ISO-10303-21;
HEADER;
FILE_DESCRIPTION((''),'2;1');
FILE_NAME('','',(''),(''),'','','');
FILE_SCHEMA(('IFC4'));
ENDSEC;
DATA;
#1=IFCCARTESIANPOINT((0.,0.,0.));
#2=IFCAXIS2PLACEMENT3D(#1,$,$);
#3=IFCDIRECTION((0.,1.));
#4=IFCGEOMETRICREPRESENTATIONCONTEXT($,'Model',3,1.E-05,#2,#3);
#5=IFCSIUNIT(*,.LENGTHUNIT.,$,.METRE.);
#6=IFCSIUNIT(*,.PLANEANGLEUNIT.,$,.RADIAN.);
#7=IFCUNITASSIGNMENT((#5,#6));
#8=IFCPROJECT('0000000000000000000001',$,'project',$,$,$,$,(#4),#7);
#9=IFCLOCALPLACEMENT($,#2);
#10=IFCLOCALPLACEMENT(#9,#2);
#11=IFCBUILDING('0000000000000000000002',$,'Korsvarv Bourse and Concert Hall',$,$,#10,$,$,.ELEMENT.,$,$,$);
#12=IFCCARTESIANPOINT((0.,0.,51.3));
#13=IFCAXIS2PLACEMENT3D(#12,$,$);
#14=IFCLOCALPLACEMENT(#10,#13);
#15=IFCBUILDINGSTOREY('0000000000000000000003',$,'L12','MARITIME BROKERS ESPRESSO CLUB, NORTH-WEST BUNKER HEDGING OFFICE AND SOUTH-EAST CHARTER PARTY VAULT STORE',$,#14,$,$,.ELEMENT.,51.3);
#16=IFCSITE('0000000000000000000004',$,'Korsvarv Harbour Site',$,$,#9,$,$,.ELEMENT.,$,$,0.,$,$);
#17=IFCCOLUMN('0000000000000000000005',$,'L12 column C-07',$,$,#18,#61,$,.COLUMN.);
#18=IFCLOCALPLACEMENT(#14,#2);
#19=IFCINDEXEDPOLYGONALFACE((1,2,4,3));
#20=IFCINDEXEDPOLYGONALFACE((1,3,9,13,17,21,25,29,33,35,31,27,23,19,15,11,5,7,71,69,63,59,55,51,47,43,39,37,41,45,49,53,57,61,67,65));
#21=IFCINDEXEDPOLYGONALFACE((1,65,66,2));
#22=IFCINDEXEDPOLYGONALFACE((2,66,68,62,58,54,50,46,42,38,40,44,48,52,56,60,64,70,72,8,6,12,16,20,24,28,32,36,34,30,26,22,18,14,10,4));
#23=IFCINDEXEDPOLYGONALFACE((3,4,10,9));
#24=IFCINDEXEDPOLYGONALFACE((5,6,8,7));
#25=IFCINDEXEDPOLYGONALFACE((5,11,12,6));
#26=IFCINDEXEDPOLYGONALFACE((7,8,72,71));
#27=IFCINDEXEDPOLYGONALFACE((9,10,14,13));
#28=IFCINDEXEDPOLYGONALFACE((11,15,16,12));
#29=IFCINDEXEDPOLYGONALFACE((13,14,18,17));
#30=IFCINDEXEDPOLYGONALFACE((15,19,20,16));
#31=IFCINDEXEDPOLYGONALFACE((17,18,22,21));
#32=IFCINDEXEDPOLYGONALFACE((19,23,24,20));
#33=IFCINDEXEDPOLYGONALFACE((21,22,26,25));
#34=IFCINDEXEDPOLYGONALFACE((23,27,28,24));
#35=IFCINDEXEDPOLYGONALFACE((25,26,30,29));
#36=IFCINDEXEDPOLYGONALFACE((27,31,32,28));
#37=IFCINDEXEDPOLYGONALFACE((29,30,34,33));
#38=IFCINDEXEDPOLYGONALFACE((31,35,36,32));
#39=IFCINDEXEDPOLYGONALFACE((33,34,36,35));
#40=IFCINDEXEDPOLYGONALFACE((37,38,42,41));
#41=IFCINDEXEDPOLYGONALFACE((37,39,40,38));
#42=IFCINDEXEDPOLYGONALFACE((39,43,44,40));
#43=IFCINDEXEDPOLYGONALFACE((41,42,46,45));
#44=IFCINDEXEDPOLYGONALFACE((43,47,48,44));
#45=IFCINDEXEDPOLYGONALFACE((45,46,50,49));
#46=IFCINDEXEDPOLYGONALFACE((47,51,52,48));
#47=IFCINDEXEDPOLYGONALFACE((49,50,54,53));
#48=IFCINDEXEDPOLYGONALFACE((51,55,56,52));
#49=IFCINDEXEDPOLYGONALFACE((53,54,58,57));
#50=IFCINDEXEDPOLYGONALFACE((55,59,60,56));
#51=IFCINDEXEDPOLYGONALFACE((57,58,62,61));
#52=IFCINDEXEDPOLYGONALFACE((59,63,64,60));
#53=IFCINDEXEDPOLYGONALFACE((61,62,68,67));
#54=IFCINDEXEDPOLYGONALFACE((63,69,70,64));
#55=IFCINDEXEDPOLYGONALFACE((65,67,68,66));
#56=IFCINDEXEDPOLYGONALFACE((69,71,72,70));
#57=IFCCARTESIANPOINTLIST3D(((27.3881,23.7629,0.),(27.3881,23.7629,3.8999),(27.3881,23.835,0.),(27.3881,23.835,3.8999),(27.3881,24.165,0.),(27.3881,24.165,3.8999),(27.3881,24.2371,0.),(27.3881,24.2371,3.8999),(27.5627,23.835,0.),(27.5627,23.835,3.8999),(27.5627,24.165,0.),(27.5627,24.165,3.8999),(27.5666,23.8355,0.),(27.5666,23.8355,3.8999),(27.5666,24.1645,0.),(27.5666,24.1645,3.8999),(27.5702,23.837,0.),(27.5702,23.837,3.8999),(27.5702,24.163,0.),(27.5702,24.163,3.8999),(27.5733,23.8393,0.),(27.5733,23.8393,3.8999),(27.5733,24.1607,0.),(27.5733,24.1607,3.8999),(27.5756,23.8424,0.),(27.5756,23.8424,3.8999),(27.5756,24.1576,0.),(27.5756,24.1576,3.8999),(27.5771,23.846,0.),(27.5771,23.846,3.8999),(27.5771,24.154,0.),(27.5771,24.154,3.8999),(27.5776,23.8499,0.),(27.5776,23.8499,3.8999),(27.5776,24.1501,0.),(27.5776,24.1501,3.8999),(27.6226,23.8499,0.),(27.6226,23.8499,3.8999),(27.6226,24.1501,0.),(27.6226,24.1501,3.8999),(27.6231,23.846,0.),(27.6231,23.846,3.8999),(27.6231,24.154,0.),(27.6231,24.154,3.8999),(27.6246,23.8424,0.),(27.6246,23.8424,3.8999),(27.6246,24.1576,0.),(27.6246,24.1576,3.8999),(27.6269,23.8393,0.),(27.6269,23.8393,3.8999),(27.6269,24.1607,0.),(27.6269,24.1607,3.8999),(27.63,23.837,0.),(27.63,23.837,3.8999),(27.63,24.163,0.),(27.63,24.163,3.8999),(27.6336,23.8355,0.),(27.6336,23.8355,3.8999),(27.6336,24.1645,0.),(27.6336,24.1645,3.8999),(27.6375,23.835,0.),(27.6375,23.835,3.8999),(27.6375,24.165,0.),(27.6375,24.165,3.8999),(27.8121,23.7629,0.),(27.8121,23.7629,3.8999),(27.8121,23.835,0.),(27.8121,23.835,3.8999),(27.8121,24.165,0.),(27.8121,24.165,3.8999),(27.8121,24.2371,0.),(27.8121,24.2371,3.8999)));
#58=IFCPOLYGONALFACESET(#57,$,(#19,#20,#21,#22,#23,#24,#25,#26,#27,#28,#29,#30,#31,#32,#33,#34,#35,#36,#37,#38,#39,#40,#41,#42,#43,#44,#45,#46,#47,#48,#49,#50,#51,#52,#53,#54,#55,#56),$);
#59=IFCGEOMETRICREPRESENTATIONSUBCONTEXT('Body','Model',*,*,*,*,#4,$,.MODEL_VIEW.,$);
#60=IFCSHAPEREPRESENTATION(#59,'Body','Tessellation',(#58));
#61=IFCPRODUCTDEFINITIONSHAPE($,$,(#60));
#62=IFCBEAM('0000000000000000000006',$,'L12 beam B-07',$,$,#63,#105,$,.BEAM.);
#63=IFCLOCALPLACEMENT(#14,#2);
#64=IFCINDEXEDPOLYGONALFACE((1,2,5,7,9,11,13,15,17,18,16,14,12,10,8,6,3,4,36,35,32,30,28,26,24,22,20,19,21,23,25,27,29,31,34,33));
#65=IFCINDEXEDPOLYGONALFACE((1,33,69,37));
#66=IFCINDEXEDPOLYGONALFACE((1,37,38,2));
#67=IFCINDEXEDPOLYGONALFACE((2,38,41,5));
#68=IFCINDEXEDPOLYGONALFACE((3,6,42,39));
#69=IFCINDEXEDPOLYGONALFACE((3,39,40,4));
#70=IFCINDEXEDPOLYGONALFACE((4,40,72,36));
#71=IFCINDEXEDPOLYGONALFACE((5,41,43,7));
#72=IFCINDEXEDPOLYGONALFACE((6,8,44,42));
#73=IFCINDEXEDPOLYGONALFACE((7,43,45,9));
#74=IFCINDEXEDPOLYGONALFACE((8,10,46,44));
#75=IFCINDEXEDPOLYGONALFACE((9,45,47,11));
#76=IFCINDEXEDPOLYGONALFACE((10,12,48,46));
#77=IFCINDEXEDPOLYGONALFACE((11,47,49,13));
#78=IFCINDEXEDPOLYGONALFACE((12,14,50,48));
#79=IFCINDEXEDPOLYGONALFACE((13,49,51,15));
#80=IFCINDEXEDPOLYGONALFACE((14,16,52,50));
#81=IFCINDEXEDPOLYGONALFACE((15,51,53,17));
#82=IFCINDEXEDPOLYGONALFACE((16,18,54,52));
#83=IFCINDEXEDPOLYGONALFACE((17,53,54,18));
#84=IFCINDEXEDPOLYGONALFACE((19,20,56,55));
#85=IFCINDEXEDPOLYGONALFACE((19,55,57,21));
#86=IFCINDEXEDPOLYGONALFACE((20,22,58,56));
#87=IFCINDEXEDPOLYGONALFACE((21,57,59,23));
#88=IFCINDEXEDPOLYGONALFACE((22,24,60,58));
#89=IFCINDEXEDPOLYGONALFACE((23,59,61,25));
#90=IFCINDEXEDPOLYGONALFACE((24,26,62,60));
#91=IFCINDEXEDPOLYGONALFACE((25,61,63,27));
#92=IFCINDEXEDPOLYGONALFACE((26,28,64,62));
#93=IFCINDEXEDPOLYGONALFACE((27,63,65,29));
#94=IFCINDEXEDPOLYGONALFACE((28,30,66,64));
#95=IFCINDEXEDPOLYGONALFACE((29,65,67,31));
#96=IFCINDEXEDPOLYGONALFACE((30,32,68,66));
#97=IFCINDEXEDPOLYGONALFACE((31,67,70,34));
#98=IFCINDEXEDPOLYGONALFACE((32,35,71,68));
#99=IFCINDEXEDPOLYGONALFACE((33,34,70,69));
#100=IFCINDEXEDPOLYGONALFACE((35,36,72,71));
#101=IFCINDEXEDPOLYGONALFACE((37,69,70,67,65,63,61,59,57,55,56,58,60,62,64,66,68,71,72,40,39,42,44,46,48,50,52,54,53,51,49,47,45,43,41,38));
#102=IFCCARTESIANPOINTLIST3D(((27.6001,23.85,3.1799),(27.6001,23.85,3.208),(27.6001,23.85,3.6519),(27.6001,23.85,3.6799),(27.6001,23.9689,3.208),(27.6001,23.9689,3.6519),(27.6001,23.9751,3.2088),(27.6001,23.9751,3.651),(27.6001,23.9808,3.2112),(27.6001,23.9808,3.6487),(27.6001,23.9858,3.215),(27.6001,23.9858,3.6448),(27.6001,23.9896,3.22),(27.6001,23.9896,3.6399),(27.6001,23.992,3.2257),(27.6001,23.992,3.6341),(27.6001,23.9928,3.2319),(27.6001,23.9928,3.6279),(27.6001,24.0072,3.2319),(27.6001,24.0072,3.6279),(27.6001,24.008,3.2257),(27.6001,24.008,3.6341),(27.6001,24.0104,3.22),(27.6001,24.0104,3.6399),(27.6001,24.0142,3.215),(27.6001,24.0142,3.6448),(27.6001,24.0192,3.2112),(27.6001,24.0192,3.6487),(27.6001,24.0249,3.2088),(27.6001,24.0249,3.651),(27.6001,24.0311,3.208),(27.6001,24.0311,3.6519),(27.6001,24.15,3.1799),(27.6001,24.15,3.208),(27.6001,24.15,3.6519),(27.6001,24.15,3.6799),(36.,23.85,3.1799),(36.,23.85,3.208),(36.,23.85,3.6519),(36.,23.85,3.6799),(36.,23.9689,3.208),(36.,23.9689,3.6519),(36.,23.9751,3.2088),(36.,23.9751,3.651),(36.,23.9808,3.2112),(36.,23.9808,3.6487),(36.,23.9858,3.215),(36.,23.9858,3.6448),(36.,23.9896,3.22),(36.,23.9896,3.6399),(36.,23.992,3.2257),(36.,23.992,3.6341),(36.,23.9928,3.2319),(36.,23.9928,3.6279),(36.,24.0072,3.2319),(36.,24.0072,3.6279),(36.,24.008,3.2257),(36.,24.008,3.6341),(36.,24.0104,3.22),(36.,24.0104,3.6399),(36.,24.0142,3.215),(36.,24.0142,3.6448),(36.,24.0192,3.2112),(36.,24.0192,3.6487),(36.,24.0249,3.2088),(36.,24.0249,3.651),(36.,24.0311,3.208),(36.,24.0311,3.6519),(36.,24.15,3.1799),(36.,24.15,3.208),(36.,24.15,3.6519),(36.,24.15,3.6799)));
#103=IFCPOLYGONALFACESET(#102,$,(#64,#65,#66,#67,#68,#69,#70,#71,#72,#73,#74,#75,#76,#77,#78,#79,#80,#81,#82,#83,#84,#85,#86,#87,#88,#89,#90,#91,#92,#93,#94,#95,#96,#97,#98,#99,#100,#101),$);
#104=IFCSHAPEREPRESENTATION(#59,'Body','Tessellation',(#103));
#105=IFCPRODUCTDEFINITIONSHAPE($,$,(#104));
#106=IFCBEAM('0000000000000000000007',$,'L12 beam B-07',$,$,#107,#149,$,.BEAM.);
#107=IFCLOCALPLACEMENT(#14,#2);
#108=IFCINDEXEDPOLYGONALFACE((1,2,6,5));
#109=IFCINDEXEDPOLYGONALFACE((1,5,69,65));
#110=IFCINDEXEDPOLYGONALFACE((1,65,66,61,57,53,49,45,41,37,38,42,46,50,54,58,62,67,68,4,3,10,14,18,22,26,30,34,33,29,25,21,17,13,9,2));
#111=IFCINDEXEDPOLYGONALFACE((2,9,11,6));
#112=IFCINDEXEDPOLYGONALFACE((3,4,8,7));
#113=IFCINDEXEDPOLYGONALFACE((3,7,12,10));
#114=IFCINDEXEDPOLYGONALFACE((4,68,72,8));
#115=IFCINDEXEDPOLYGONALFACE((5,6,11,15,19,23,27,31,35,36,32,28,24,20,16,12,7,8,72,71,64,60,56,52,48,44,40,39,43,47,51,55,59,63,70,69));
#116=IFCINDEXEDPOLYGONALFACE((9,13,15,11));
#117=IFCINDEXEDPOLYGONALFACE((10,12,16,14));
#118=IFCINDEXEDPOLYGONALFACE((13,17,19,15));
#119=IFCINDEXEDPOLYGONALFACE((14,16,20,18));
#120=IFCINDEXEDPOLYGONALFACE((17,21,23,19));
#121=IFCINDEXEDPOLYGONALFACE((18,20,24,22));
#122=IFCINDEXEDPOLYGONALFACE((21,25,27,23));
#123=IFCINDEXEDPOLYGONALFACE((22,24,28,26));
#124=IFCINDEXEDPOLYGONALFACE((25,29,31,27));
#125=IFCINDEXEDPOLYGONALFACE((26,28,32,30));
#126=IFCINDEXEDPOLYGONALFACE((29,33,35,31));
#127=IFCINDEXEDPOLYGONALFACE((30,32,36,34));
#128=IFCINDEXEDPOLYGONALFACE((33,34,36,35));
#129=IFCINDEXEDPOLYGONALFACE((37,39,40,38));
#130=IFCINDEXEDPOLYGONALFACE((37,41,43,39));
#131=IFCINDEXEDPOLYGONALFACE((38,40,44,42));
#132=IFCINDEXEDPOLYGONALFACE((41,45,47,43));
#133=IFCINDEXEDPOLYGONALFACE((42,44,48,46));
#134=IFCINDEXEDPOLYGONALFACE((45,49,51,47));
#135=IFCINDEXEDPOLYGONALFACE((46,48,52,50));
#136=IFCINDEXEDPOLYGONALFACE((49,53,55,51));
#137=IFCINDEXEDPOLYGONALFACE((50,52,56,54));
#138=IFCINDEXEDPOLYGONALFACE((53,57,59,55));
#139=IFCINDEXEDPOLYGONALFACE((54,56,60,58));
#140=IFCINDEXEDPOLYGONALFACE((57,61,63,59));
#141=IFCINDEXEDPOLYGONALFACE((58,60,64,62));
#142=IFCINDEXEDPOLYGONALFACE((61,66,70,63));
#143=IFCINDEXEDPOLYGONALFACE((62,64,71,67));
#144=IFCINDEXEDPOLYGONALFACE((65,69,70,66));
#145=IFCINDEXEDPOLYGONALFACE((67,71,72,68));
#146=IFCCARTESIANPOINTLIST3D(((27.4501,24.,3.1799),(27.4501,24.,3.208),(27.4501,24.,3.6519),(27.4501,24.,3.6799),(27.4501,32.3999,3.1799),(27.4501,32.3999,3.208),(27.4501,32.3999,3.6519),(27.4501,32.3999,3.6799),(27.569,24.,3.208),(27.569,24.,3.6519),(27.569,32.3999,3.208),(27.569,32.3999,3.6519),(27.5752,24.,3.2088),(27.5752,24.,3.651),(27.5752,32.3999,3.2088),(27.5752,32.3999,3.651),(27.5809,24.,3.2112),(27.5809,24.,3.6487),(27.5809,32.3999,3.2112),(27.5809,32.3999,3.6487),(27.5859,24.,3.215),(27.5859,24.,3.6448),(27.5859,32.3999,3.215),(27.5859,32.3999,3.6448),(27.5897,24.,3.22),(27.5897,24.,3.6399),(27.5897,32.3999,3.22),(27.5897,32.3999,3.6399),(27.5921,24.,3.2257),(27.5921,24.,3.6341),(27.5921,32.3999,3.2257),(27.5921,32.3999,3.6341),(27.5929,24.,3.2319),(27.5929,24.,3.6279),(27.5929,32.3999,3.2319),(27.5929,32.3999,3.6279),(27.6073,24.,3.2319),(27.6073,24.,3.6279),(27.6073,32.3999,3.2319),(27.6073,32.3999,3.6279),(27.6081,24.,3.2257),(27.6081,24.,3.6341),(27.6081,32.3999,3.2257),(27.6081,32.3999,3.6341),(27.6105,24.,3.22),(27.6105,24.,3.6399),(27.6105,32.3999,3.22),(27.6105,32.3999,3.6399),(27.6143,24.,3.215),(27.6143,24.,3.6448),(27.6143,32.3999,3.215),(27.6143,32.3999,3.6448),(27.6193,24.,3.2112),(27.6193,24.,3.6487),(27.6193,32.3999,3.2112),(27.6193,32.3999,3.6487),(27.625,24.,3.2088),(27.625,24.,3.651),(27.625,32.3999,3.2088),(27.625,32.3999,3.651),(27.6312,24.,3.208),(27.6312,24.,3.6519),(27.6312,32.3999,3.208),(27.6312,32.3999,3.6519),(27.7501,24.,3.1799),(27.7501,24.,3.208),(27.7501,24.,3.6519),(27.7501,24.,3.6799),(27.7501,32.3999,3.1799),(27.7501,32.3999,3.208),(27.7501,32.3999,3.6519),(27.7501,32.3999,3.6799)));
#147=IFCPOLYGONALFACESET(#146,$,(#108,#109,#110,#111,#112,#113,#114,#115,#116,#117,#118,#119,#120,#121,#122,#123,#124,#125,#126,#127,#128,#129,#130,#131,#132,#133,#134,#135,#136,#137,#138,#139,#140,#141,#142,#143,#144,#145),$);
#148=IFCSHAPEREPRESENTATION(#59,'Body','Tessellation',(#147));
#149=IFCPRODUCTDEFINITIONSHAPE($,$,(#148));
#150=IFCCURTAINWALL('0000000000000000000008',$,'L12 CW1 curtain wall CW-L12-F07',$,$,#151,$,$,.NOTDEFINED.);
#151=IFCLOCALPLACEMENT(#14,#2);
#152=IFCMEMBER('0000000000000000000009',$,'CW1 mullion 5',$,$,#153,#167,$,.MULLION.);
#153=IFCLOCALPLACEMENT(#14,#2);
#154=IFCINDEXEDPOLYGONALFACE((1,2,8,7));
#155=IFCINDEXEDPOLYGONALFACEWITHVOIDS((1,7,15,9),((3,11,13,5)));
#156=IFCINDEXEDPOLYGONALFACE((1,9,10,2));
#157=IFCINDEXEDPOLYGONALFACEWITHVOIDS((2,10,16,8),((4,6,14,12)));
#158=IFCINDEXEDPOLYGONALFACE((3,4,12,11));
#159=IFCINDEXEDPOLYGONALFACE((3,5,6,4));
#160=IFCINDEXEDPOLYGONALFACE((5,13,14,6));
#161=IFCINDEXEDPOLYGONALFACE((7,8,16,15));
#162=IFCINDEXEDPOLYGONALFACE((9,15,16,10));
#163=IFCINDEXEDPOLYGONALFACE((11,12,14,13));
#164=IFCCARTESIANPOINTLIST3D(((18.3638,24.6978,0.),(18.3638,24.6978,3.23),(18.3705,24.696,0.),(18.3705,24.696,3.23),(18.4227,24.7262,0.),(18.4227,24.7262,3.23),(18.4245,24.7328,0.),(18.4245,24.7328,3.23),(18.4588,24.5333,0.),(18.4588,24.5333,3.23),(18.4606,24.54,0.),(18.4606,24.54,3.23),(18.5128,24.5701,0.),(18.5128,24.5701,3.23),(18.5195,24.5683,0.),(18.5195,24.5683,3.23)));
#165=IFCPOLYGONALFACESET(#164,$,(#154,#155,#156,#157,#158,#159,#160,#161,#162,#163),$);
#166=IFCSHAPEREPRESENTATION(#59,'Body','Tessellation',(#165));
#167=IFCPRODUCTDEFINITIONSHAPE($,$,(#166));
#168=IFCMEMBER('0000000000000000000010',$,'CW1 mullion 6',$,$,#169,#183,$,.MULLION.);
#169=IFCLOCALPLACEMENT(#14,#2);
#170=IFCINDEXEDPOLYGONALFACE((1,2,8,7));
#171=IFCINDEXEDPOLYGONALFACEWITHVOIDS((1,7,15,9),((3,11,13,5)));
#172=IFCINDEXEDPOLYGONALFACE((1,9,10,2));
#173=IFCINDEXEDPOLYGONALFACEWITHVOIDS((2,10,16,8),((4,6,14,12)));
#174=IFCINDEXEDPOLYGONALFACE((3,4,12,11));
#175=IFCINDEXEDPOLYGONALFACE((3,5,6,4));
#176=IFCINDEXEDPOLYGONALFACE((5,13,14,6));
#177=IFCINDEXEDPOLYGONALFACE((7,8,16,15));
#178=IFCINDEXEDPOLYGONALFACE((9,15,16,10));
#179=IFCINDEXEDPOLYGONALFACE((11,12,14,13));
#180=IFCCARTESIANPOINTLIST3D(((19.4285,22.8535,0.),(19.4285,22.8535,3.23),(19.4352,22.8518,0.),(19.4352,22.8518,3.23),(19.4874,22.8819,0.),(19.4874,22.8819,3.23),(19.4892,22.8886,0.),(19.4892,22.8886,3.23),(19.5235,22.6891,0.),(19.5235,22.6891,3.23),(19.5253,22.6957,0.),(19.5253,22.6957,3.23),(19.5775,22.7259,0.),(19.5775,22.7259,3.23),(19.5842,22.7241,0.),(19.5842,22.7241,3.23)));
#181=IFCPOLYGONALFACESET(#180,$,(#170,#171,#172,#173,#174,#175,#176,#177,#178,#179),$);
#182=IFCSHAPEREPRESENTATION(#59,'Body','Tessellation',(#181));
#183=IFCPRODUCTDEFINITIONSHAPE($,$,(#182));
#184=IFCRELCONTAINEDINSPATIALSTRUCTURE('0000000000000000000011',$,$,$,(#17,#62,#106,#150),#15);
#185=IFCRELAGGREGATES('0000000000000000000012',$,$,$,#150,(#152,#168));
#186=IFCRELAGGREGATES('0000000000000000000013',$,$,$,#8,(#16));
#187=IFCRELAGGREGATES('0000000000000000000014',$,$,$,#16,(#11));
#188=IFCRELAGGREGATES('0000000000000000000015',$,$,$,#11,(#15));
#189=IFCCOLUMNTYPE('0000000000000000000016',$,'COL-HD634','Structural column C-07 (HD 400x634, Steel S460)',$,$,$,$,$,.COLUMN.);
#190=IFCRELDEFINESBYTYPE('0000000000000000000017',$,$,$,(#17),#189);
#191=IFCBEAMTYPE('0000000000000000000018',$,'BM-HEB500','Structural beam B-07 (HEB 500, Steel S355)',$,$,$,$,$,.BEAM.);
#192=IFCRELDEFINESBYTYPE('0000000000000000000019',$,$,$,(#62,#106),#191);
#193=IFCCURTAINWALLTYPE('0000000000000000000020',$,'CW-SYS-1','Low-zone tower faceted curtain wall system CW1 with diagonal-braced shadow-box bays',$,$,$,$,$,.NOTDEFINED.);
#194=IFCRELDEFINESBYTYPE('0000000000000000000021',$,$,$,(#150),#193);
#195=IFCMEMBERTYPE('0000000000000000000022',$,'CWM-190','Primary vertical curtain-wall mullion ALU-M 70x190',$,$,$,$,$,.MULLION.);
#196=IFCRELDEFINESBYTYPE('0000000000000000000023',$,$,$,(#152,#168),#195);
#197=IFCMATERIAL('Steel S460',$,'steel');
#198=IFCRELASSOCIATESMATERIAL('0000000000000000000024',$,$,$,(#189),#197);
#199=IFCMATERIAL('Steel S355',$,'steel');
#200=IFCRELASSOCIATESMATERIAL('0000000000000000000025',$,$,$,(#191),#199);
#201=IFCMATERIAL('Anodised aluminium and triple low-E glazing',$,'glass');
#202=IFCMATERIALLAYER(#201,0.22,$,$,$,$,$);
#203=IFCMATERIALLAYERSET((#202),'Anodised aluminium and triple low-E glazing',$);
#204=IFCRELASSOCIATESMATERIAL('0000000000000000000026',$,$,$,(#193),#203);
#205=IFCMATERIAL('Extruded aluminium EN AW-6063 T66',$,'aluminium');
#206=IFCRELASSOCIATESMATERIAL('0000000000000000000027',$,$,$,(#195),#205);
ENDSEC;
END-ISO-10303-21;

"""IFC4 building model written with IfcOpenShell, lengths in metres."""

from ifc_helpers import new_model, si_unit, direction, frame, origin, origin_2d, place, context, subcontext, project, spatial, hollow_rectangle, i_section, extrude, source, transform, mapped, material, layer, layer_set, material_profile, profile_set, type_object, element, aggregate, save


model = new_model("IFC4")

# Units and contexts
model_context = context("Model", 3, precision=1e-05, world=origin(), true_north=direction((0.0, 1.0)))
body_context = subcontext(model_context, "Body", "Model", "MODEL_VIEW")
ifc_project = project(units=[si_unit("LENGTHUNIT", "METRE"), si_unit("PLANEANGLEUNIT", "RADIAN")], contexts=[model_context])

# Site, building, storey
site_placement = place(None, origin())
site = spatial("IfcSite", under=ifc_project, at=site_placement, Name="Korsvarv Harbour Site", CompositionType="ELEMENT", RefElevation=0.0)
building_placement = place(site_placement, origin())
building = spatial("IfcBuilding", under=site, at=building_placement, Name="Korsvarv Bourse and Concert Hall", CompositionType="ELEMENT")
storey_placement = place(building_placement, frame((0.0, 0.0, 51.3)))
storey = spatial("IfcBuildingStorey", under=building, at=storey_placement, Name="L12", Description="MARITIME BROKERS ESPRESSO CLUB, NORTH-WEST BUNKER HEDGING OFFICE AND SOUTH-EAST CHARTER PARTY VAULT STORE", CompositionType="ELEMENT", Elevation=51.3)

# Column
ifc_material_1 = material(Name="Steel S460", Category="steel")
ifc_material_profile_1 = material_profile(ifc_material_1, i_section(OverallWidth=0.4241, OverallDepth=0.4741, WebThickness=0.0449, FlangeThickness=0.072, FilletRadius=0.0149, at=origin_2d()), Name="HD 400x634")
ifc_profile_set_1 = profile_set([ifc_material_profile_1], Name="Steel S460")
column_type = type_object("IfcColumnType", Name="COL-HD634", Description="Structural column C-07 (HD 400x634, Steel S460)", PredefinedType="COLUMN", material=ifc_profile_set_1)
shared_shape_1 = source(origin(), body_context, "Body", "SweptSolid", [
    extrude(i_section(OverallWidth=0.4241, OverallDepth=0.4741, WebThickness=0.0449, FlangeThickness=0.072, FilletRadius=0.0149, at=origin_2d()), origin(), (0.0, 0.0, 1.0), 3.8999),
])
column_placement = place(storey_placement, frame((27.6001, 24.0, 0.0), z_axis=(0.0, 0.0, 1.0), x_axis=(1.0, 0.0, 0.0)))
element("IfcColumn", 1, at=column_placement, inside=storey, type_object=column_type, Name="L12 column C-07", PredefinedType="COLUMN", context=body_context, shape_type="MappedRepresentation", body=[
    mapped(shared_shape_1, transform((0.0, 0.0, 0.0), scale=1.0)),
])

# Beams
ifc_material_2 = material(Name="Steel S355", Category="steel")
ifc_material_profile_2 = material_profile(ifc_material_2, i_section(OverallWidth=0.3, OverallDepth=0.5, WebThickness=0.0144, FlangeThickness=0.0281, FilletRadius=0.0239, at=origin_2d()), Name="HEB 500")
ifc_profile_set_2 = profile_set([ifc_material_profile_2], Name="Steel S355")
beam_type = type_object("IfcBeamType", Name="BM-HEB500", Description="Structural beam B-07 (HEB 500, Steel S355)", PredefinedType="BEAM", material=ifc_profile_set_2)
shared_shape_2 = source(origin(), body_context, "Body", "SweptSolid", [
    extrude(i_section(OverallWidth=0.3, OverallDepth=0.5, WebThickness=0.0144, FlangeThickness=0.0281, FilletRadius=0.0239, at=origin_2d()), origin(), (0.0, 0.0, 1.0), 8.3999),
])
for number, where, z_axis, x_axis, name in (
    (2, (27.6001, 24.0, 3.4299), (1.0, 0.0, 0.0), (0.0, 1.0, 0.0), "L12 beam B-07"),
    (3, (27.6001, 24.0, 3.4299), (0.0, 1.0, 0.0), (-1.0, 0.0, 0.0), "L12 beam B-07"),
):
    element("IfcBeam", number, at=place(storey_placement, frame(where, z_axis=z_axis, x_axis=x_axis)), inside=storey, type_object=beam_type, Name=name, PredefinedType="BEAM", context=body_context, shape_type="MappedRepresentation", body=[
        mapped(shared_shape_2, transform((0.0, 0.0, 0.0), scale=1.0)),
    ])

# Curtain wall, members
ifc_material_3 = material(Name="Anodised aluminium and triple low-E glazing", Category="glass")
ifc_layer_1 = layer(ifc_material_3, 0.22)
ifc_layer_set_1 = layer_set([ifc_layer_1], Name="Anodised aluminium and triple low-E glazing")
curtain_wall_type = type_object("IfcCurtainWallType", Name="CW-SYS-1", Description="Low-zone tower faceted curtain wall system CW1 with diagonal-braced shadow-box bays", PredefinedType="NOTDEFINED", material=ifc_layer_set_1)
curtain_wall_placement = place(storey_placement, origin())
curtain_wall = element("IfcCurtainWall", 4, at=curtain_wall_placement, inside=storey, type_object=curtain_wall_type, Name="L12 CW1 curtain wall CW-L12-F07", PredefinedType="NOTDEFINED")
ifc_material_4 = material(Name="Extruded aluminium EN AW-6063 T66", Category="aluminium")
ifc_material_profile_3 = material_profile(ifc_material_4, hollow_rectangle(XDim=0.0701, YDim=0.1899, WallThickness=0.0049, at=origin_2d()), Name="ALU-M 70x190")
ifc_profile_set_3 = profile_set([ifc_material_profile_3], Name="Extruded aluminium EN AW-6063 T66")
member_type_1 = type_object("IfcMemberType", Name="CWM-190", Description="Primary vertical curtain-wall mullion ALU-M 70x190", PredefinedType="MULLION", material=ifc_profile_set_3)
shared_shape_3 = source(origin(), body_context, "Body", "SweptSolid", [
    extrude(hollow_rectangle(XDim=0.0701, YDim=0.1899, WallThickness=0.0049, at=origin_2d()), origin(), (0.0, 0.0, 1.0), 3.23),
])
member_1_placement = place(storey_placement, frame((18.4417, 24.6331, 0.0), z_axis=(0.0, 0.0, 1.0), x_axis=(0.866025, 0.5, 0.0)))
member_1 = element("IfcMember", 5, at=member_1_placement, type_object=member_type_1, Name="CW1 mullion 5", PredefinedType="MULLION", context=body_context, shape_type="MappedRepresentation", body=[
    mapped(shared_shape_3, transform((0.0, 0.0, 0.0), scale=1.0)),
])
member_2_placement = place(storey_placement, frame((19.5063, 22.7888, 0.0), z_axis=(0.0, 0.0, 1.0), x_axis=(0.866025, 0.5, 0.0)))
member_2 = element("IfcMember", 6, at=member_2_placement, type_object=member_type_1, Name="CW1 mullion 6", PredefinedType="MULLION", context=body_context, shape_type="MappedRepresentation", body=[
    mapped(shared_shape_3, transform((0.0, 0.0, 0.0), scale=1.0)),
])
aggregate(curtain_wall, [member_1, member_2])

save(model, "model.ifc")
